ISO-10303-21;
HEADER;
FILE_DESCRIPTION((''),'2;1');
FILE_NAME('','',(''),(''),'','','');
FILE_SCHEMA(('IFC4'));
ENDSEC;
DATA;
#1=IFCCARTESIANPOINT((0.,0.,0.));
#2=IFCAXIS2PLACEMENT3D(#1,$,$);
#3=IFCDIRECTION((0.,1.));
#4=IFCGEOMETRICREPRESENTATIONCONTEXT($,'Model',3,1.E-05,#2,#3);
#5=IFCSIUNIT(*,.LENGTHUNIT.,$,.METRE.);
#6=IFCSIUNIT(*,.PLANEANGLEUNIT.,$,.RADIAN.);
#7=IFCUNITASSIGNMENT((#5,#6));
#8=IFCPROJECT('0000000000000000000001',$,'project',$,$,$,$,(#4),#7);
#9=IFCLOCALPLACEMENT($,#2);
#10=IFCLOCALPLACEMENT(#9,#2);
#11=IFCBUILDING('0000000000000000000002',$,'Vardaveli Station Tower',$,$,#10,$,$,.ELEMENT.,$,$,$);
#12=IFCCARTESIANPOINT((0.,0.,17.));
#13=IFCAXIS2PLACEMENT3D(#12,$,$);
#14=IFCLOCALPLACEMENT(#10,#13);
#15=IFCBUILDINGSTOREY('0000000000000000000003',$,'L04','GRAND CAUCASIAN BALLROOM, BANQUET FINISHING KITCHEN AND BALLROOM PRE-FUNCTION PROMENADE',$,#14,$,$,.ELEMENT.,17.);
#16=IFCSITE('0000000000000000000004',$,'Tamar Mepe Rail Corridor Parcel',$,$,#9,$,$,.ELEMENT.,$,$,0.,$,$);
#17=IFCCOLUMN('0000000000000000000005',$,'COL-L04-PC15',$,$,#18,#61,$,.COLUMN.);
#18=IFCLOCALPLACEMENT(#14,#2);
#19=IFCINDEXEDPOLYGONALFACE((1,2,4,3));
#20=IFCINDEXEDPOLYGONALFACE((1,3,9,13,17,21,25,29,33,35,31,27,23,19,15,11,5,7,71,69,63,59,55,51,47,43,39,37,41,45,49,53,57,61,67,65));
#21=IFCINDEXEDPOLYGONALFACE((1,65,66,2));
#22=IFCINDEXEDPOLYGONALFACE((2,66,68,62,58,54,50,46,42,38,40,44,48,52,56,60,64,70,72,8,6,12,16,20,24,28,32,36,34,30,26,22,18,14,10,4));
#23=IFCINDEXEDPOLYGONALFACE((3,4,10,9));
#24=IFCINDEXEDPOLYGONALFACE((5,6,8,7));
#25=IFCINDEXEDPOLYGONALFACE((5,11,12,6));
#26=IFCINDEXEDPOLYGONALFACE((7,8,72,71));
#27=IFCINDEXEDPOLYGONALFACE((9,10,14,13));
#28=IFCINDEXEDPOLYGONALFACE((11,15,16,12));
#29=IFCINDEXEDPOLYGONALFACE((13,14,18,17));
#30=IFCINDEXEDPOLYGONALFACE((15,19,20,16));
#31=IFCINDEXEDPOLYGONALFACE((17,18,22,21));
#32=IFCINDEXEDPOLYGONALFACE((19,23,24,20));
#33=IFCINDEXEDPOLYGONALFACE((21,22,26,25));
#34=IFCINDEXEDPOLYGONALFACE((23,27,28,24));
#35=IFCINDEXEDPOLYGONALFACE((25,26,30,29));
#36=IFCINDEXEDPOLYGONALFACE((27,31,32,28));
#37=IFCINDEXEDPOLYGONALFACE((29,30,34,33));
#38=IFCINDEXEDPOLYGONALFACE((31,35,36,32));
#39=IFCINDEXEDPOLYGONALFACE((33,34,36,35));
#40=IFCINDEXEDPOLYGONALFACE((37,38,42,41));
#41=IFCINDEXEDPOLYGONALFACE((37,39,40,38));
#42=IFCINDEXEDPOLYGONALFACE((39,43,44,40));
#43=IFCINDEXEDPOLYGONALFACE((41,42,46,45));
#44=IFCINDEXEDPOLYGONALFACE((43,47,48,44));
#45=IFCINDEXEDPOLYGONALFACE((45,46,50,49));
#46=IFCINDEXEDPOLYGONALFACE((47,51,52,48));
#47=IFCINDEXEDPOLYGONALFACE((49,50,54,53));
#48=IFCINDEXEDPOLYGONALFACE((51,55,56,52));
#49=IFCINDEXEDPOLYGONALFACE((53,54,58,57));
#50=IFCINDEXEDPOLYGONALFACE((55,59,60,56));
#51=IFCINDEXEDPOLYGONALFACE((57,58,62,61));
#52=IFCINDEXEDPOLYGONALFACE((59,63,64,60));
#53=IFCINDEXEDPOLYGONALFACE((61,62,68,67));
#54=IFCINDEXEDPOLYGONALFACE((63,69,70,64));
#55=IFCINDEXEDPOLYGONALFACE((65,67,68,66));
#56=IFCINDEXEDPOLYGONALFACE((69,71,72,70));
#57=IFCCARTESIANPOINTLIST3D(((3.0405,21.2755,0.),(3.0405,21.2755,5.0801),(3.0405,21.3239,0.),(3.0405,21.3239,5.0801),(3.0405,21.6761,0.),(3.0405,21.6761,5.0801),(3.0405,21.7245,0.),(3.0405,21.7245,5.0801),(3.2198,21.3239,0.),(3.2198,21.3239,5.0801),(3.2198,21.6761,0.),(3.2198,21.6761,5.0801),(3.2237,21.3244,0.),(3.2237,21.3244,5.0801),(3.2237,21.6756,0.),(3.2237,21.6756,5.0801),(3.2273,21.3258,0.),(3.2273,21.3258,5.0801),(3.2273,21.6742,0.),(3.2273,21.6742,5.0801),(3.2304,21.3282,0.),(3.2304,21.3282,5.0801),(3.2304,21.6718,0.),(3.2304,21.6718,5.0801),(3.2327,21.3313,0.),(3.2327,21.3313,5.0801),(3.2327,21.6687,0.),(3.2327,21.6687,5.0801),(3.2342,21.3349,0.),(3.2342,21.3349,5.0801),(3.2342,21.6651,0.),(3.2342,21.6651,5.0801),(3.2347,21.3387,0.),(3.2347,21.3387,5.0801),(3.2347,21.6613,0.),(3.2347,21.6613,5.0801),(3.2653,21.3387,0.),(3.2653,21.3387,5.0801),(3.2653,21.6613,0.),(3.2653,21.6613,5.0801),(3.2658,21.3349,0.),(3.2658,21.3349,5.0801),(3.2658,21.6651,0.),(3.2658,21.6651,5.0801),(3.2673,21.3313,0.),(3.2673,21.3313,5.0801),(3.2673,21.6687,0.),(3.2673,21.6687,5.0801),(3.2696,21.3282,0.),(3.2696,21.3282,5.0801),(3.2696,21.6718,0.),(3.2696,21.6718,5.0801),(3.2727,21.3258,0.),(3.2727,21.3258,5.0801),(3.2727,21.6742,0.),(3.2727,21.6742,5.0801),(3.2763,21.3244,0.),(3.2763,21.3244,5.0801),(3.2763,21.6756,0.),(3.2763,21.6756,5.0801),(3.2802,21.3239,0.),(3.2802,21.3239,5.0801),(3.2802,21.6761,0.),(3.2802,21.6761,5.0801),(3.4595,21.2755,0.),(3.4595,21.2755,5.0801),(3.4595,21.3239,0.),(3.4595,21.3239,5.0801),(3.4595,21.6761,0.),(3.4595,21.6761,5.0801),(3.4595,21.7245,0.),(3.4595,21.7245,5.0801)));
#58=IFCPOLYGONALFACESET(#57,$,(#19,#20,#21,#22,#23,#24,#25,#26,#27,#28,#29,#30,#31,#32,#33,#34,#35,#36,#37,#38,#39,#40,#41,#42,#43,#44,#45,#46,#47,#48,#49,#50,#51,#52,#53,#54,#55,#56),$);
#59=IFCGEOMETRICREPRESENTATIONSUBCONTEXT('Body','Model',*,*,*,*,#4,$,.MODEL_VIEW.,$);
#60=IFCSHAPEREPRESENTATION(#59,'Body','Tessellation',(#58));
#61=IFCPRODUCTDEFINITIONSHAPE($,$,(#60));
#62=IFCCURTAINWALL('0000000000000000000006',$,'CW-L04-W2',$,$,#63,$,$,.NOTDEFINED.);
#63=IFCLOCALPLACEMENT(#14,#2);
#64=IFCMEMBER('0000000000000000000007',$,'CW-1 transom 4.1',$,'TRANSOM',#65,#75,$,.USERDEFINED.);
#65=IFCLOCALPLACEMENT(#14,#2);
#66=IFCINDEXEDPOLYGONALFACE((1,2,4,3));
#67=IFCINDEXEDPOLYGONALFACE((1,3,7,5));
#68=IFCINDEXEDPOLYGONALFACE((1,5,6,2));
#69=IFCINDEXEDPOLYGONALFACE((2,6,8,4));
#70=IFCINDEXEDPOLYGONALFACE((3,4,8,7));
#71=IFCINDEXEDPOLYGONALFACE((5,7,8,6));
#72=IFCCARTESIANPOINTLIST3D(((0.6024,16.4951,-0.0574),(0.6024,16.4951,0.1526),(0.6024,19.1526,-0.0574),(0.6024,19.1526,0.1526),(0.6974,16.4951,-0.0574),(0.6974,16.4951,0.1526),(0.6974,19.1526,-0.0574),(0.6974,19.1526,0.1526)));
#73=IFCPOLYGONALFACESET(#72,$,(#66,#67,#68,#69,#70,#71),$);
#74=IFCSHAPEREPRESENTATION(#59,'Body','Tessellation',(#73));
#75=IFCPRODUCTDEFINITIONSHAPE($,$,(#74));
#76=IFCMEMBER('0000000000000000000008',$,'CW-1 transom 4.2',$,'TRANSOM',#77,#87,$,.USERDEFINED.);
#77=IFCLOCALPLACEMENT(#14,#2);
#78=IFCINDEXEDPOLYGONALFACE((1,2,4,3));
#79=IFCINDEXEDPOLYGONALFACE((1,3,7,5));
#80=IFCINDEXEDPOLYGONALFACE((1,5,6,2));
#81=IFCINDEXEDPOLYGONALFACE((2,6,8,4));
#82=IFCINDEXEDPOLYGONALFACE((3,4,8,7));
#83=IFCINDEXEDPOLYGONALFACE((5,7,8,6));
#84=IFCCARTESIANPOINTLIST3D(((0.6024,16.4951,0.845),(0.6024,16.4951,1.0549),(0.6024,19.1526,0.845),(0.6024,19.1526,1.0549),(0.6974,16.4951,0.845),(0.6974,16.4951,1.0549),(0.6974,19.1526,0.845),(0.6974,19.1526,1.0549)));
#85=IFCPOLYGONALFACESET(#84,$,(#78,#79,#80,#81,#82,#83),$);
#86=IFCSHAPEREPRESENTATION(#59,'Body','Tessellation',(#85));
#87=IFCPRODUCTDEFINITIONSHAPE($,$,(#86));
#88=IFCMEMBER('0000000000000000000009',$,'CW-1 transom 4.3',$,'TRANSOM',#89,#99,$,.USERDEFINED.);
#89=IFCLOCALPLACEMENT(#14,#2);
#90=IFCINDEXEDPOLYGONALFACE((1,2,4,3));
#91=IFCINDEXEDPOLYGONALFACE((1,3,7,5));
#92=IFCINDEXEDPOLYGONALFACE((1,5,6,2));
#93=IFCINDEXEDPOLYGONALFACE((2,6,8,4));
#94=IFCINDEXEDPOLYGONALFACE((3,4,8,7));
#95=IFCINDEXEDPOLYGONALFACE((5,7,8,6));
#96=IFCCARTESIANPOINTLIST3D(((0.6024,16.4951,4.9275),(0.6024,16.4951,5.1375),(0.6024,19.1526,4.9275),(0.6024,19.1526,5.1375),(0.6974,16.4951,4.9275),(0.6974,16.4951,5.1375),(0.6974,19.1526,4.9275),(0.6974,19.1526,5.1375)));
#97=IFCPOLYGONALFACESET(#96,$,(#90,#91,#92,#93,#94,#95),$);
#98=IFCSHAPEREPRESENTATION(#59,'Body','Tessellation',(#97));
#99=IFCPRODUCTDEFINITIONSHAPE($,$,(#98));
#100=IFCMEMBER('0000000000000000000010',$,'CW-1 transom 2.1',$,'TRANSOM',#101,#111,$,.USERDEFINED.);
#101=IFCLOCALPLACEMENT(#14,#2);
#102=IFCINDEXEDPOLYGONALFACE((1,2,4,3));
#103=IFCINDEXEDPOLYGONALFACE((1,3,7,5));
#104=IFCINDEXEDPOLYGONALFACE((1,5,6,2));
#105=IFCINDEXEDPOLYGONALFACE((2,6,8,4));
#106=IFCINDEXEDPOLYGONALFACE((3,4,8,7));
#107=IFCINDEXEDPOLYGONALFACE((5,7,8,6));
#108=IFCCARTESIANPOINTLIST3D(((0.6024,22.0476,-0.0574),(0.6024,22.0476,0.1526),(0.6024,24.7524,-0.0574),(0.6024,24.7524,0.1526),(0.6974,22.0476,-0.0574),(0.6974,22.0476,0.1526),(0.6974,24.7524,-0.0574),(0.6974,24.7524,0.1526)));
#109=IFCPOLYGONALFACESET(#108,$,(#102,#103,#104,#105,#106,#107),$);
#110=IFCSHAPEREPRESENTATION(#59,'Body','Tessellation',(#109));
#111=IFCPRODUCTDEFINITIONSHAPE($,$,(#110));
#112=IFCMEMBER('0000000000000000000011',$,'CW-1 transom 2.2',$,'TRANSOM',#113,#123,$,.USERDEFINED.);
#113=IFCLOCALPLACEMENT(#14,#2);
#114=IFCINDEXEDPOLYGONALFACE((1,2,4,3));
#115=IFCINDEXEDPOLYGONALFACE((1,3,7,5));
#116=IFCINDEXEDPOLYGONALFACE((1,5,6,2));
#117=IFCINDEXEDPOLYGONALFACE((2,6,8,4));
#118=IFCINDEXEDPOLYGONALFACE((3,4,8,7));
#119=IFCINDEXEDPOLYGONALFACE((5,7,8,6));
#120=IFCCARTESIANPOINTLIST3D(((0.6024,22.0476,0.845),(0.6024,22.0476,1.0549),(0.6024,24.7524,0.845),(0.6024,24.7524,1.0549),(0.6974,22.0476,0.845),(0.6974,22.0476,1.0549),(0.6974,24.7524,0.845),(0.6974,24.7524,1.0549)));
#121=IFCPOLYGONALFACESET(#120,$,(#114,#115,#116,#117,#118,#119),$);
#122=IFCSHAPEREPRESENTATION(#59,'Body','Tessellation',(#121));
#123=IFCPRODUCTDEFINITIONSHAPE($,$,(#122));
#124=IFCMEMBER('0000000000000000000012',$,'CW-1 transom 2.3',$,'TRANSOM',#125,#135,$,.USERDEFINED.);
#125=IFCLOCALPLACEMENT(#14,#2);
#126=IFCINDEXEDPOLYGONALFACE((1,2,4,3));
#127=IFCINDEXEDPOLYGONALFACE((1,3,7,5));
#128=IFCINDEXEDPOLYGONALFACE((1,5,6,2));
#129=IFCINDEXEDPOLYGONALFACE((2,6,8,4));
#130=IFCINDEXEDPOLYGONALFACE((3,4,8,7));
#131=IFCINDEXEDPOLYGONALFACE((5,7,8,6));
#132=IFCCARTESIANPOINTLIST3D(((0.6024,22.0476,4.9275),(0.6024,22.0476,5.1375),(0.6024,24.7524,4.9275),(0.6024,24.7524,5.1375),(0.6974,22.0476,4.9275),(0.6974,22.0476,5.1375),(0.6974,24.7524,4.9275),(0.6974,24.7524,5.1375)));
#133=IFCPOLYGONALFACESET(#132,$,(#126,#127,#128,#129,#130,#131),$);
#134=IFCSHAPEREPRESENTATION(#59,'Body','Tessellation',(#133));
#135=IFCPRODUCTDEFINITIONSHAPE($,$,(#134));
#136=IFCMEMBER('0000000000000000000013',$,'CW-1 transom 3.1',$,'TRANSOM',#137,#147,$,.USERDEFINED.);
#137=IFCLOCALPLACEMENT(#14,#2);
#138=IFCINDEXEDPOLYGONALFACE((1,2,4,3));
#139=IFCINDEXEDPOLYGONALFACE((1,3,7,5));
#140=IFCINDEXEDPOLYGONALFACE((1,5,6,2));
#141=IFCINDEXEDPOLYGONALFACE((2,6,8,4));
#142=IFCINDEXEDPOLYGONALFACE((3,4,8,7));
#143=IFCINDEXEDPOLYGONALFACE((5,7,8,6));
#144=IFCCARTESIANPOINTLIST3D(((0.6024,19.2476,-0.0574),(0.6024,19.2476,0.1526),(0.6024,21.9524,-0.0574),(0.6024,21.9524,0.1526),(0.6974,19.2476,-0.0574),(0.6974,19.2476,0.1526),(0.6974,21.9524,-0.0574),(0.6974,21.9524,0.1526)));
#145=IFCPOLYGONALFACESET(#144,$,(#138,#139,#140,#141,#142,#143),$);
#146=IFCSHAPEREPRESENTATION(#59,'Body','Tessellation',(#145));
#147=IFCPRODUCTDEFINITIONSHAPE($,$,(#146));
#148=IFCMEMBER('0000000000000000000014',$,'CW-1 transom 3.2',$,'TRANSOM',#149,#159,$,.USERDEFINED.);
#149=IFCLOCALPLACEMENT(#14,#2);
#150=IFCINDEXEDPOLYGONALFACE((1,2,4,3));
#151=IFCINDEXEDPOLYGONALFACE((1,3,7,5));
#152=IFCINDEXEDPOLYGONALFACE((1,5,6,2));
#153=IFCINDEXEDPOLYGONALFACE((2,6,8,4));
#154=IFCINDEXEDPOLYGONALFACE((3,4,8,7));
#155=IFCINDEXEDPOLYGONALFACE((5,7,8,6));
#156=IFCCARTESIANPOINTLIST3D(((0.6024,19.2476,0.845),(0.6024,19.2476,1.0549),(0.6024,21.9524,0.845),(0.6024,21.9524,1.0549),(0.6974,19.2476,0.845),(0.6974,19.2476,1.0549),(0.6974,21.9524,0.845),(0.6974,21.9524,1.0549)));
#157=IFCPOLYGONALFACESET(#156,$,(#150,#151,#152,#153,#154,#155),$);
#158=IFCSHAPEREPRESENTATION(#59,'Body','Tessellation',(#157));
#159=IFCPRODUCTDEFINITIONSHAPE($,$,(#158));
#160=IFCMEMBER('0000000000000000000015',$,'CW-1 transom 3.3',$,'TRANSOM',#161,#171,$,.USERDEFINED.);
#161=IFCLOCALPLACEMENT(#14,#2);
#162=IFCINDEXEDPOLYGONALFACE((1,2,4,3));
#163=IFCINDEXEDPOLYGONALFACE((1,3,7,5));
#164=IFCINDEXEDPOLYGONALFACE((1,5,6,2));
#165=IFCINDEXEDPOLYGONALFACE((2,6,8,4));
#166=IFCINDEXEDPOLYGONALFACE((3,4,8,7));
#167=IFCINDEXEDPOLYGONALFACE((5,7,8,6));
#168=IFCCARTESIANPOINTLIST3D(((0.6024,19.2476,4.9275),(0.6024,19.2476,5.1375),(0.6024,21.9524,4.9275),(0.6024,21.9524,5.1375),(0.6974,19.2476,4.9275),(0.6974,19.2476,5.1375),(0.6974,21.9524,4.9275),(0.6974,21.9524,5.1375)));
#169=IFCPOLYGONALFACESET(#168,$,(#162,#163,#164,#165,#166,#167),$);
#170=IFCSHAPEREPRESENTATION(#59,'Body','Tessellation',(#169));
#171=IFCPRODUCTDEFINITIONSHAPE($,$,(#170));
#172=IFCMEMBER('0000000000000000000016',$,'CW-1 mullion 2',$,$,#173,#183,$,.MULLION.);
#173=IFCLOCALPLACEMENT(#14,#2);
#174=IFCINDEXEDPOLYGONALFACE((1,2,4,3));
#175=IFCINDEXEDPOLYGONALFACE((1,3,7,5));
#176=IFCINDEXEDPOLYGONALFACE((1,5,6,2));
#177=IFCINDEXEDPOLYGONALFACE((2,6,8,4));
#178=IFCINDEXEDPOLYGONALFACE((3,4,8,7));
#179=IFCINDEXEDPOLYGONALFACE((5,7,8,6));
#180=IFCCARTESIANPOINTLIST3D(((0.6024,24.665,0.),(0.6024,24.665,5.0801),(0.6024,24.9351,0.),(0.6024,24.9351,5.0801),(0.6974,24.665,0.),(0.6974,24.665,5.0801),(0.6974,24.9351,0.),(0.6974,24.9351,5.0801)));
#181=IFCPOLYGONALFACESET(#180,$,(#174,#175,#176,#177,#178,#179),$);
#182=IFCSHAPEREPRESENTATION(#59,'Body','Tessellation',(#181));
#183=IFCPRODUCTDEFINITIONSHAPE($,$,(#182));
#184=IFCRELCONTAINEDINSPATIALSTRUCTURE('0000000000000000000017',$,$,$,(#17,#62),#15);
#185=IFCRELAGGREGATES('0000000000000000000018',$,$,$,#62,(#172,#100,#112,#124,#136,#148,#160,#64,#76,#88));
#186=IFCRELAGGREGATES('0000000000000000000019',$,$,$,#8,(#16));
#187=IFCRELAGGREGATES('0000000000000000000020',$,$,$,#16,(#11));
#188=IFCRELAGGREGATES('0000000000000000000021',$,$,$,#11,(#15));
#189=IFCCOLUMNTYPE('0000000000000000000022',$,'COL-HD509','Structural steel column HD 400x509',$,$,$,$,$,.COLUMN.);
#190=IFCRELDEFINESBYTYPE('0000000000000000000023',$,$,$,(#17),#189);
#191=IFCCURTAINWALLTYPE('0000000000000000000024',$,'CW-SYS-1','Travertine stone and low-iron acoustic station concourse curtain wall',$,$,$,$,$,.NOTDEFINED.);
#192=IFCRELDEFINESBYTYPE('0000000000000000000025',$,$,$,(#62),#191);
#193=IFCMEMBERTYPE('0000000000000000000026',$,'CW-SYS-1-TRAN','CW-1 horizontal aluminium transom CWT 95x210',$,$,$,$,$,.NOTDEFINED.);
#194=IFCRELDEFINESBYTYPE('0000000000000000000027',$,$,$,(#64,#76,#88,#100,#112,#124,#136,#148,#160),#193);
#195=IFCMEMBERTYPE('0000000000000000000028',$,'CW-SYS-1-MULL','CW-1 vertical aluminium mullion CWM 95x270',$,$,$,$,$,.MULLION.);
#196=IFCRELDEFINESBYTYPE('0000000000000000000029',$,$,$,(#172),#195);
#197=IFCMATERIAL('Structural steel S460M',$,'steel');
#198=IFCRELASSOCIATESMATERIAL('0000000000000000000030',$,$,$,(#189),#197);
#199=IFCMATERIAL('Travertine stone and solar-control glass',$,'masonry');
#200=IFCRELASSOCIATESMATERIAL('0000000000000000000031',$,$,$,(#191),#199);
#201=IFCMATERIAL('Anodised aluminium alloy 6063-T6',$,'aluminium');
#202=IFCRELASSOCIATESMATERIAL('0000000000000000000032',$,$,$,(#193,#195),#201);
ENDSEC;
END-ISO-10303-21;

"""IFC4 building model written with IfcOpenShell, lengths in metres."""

from ifc_helpers import new_model, si_unit, direction, frame, origin, origin_2d, place, context, subcontext, project, spatial, rectangle, i_section, extrude, source, transform, mapped, material, material_profile, profile_set, type_object, element, aggregate, save


model = new_model("IFC4")

# Units and contexts
model_context = context("Model", 3, precision=1e-05, world=origin(), true_north=direction((0.0, 1.0)))
body_context = subcontext(model_context, "Body", "Model", "MODEL_VIEW")
ifc_project = project(units=[si_unit("LENGTHUNIT", "METRE"), si_unit("PLANEANGLEUNIT", "RADIAN")], contexts=[model_context])

# Site, building, storey
site_placement = place(None, origin())
site = spatial("IfcSite", under=ifc_project, at=site_placement, Name="Tamar Mepe Rail Corridor Parcel", CompositionType="ELEMENT", RefElevation=0.0)
building_placement = place(site_placement, origin())
building = spatial("IfcBuilding", under=site, at=building_placement, Name="Vardaveli Station Tower", CompositionType="ELEMENT")
storey_placement = place(building_placement, frame((0.0, 0.0, 17.0)))
storey = spatial("IfcBuildingStorey", under=building, at=storey_placement, Name="L04", Description="GRAND CAUCASIAN BALLROOM, BANQUET FINISHING KITCHEN AND BALLROOM PRE-FUNCTION PROMENADE", CompositionType="ELEMENT", Elevation=17.0)

# Column
ifc_material_1 = material(Name="Structural steel S460M", Category="steel")
ifc_material_profile_1 = material_profile(ifc_material_1, i_section(OverallWidth=0.4189, OverallDepth=0.449, WebThickness=0.0305, FlangeThickness=0.0483, FilletRadius=0.0149, at=origin_2d()), Name="HD 400x509")
ifc_profile_set_1 = profile_set([ifc_material_profile_1], Name="Structural steel S460M")
column_type = type_object("IfcColumnType", Name="COL-HD509", Description="Structural steel column HD 400x509", PredefinedType="COLUMN", material=ifc_profile_set_1)
shared_shape_1 = source(origin(), body_context, "Body", "SweptSolid", [
    extrude(i_section(OverallWidth=0.4189, OverallDepth=0.449, WebThickness=0.0305, FlangeThickness=0.0483, FilletRadius=0.0149, at=origin_2d()), origin(), (0.0, 0.0, 1.0), 5.0801),
])
column_placement = place(storey_placement, frame((3.25, 21.5, 0.0), z_axis=(0.0, 0.0, 1.0), x_axis=(1.0, 0.0, 0.0)))
element("IfcColumn", 1, at=column_placement, inside=storey, type_object=column_type, Name="COL-L04-PC15", PredefinedType="COLUMN", context=body_context, shape_type="MappedRepresentation", body=[
    mapped(shared_shape_1, transform((0.0, 0.0, 0.0), scale=1.0)),
])

# Curtain wall, members
ifc_material_2 = material(Name="Travertine stone and solar-control glass", Category="masonry")
curtain_wall_type = type_object("IfcCurtainWallType", Name="CW-SYS-1", Description="Travertine stone and low-iron acoustic station concourse curtain wall", PredefinedType="NOTDEFINED", material=ifc_material_2)
curtain_wall_placement = place(storey_placement, origin())
curtain_wall = element("IfcCurtainWall", 2, at=curtain_wall_placement, inside=storey, type_object=curtain_wall_type, Name="CW-L04-W2", PredefinedType="NOTDEFINED")
ifc_material_3 = material(Name="Anodised aluminium alloy 6063-T6", Category="aluminium")
ifc_material_profile_2 = material_profile(ifc_material_3, rectangle(XDim=0.095, YDim=0.21, at=origin_2d()), Name="CWT 95x210")
ifc_profile_set_2 = profile_set([ifc_material_profile_2], Name="Anodised aluminium alloy 6063-T6")
member_type_1 = type_object("IfcMemberType", Name="CW-SYS-1-TRAN", Description="CW-1 horizontal aluminium transom CWT 95x210", PredefinedType="NOTDEFINED", material=ifc_profile_set_2)
shared_shape_2 = source(origin(), body_context, "Body", "SweptSolid", [
    extrude(rectangle(XDim=0.095, YDim=0.21, at=origin_2d()), origin(), (0.0, 0.0, 1.0), 2.6575),
])
member_1_placement = place(storey_placement, frame((0.6499, 19.1526, 0.0476), z_axis=(0.0, -1.0, 0.0), x_axis=(1.0, 0.0, 0.0)))
member_1 = element("IfcMember", 3, at=member_1_placement, type_object=member_type_1, Name="CW-1 transom 4.1", ObjectType="TRANSOM", PredefinedType="USERDEFINED", context=body_context, shape_type="MappedRepresentation", body=[
    mapped(shared_shape_2, transform((0.0, 0.0, 0.0), scale=1.0)),
])
member_2_placement = place(storey_placement, frame((0.6499, 19.1526, 0.95), z_axis=(0.0, -1.0, 0.0), x_axis=(1.0, 0.0, 0.0)))
member_2 = element("IfcMember", 4, at=member_2_placement, type_object=member_type_1, Name="CW-1 transom 4.2", ObjectType="TRANSOM", PredefinedType="USERDEFINED", context=body_context, shape_type="MappedRepresentation", body=[
    mapped(shared_shape_2, transform((0.0, 0.0, 0.0), scale=1.0)),
])
member_3_placement = place(storey_placement, frame((0.6499, 19.1526, 5.0325), z_axis=(0.0, -1.0, 0.0), x_axis=(1.0, 0.0, 0.0)))
member_3 = element("IfcMember", 5, at=member_3_placement, type_object=member_type_1, Name="CW-1 transom 4.3", ObjectType="TRANSOM", PredefinedType="USERDEFINED", context=body_context, shape_type="MappedRepresentation", body=[
    mapped(shared_shape_2, transform((0.0, 0.0, 0.0), scale=1.0)),
])
shared_shape_3 = source(origin(), body_context, "Body", "SweptSolid", [
    extrude(rectangle(XDim=0.095, YDim=0.21, at=origin_2d()), origin(), (0.0, 0.0, 1.0), 2.7048),
])
member_4_placement = place(storey_placement, frame((0.6499, 24.7524, 0.0476), z_axis=(0.0, -1.0, 0.0), x_axis=(1.0, 0.0, 0.0)))
member_4 = element("IfcMember", 6, at=member_4_placement, type_object=member_type_1, Name="CW-1 transom 2.1", ObjectType="TRANSOM", PredefinedType="USERDEFINED", context=body_context, shape_type="MappedRepresentation", body=[
    mapped(shared_shape_3, transform((0.0, 0.0, 0.0), scale=1.0)),
])
member_5_placement = place(storey_placement, frame((0.6499, 24.7524, 0.95), z_axis=(0.0, -1.0, 0.0), x_axis=(1.0, 0.0, 0.0)))
member_5 = element("IfcMember", 7, at=member_5_placement, type_object=member_type_1, Name="CW-1 transom 2.2", ObjectType="TRANSOM", PredefinedType="USERDEFINED", context=body_context, shape_type="MappedRepresentation", body=[
    mapped(shared_shape_3, transform((0.0, 0.0, 0.0), scale=1.0)),
])
member_6_placement = place(storey_placement, frame((0.6499, 24.7524, 5.0325), z_axis=(0.0, -1.0, 0.0), x_axis=(1.0, 0.0, 0.0)))
member_6 = element("IfcMember", 8, at=member_6_placement, type_object=member_type_1, Name="CW-1 transom 2.3", ObjectType="TRANSOM", PredefinedType="USERDEFINED", context=body_context, shape_type="MappedRepresentation", body=[
    mapped(shared_shape_3, transform((0.0, 0.0, 0.0), scale=1.0)),
])
member_7_placement = place(storey_placement, frame((0.6499, 21.9524, 0.0476), z_axis=(0.0, -1.0, 0.0), x_axis=(1.0, 0.0, 0.0)))
member_7 = element("IfcMember", 9, at=member_7_placement, type_object=member_type_1, Name="CW-1 transom 3.1", ObjectType="TRANSOM", PredefinedType="USERDEFINED", context=body_context, shape_type="MappedRepresentation", body=[
    mapped(shared_shape_3, transform((0.0, 0.0, 0.0), scale=1.0)),
])
member_8_placement = place(storey_placement, frame((0.6499, 21.9524, 0.95), z_axis=(0.0, -1.0, 0.0), x_axis=(1.0, 0.0, 0.0)))
member_8 = element("IfcMember", 10, at=member_8_placement, type_object=member_type_1, Name="CW-1 transom 3.2", ObjectType="TRANSOM", PredefinedType="USERDEFINED", context=body_context, shape_type="MappedRepresentation", body=[
    mapped(shared_shape_3, transform((0.0, 0.0, 0.0), scale=1.0)),
])
member_9_placement = place(storey_placement, frame((0.6499, 21.9524, 5.0325), z_axis=(0.0, -1.0, 0.0), x_axis=(1.0, 0.0, 0.0)))
member_9 = element("IfcMember", 11, at=member_9_placement, type_object=member_type_1, Name="CW-1 transom 3.3", ObjectType="TRANSOM", PredefinedType="USERDEFINED", context=body_context, shape_type="MappedRepresentation", body=[
    mapped(shared_shape_3, transform((0.0, 0.0, 0.0), scale=1.0)),
])
ifc_material_profile_3 = material_profile(ifc_material_3, rectangle(XDim=0.095, YDim=0.27, at=origin_2d()), Name="CWM 95x270")
ifc_profile_set_3 = profile_set([ifc_material_profile_3], Name="Anodised aluminium alloy 6063-T6")
member_type_2 = type_object("IfcMemberType", Name="CW-SYS-1-MULL", Description="CW-1 vertical aluminium mullion CWM 95x270", PredefinedType="MULLION", material=ifc_profile_set_3)
shared_shape_4 = source(origin(), body_context, "Body", "SweptSolid", [
    extrude(rectangle(XDim=0.095, YDim=0.27, at=origin_2d()), origin(), (0.0, 0.0, 1.0), 5.0801),
])
member_10_placement = place(storey_placement, frame((0.6499, 24.8, 0.0), z_axis=(0.0, 0.0, 1.0), x_axis=(1.0, 0.0, 0.0)))
member_10 = element("IfcMember", 12, at=member_10_placement, type_object=member_type_2, Name="CW-1 mullion 2", PredefinedType="MULLION", context=body_context, shape_type="MappedRepresentation", body=[
    mapped(shared_shape_4, transform((0.0, 0.0, 0.0), scale=1.0)),
])
aggregate(curtain_wall, [member_10, member_4, member_5, member_6, member_7, member_8, member_9, member_1, member_2, member_3])

save(model, "model.ifc")
